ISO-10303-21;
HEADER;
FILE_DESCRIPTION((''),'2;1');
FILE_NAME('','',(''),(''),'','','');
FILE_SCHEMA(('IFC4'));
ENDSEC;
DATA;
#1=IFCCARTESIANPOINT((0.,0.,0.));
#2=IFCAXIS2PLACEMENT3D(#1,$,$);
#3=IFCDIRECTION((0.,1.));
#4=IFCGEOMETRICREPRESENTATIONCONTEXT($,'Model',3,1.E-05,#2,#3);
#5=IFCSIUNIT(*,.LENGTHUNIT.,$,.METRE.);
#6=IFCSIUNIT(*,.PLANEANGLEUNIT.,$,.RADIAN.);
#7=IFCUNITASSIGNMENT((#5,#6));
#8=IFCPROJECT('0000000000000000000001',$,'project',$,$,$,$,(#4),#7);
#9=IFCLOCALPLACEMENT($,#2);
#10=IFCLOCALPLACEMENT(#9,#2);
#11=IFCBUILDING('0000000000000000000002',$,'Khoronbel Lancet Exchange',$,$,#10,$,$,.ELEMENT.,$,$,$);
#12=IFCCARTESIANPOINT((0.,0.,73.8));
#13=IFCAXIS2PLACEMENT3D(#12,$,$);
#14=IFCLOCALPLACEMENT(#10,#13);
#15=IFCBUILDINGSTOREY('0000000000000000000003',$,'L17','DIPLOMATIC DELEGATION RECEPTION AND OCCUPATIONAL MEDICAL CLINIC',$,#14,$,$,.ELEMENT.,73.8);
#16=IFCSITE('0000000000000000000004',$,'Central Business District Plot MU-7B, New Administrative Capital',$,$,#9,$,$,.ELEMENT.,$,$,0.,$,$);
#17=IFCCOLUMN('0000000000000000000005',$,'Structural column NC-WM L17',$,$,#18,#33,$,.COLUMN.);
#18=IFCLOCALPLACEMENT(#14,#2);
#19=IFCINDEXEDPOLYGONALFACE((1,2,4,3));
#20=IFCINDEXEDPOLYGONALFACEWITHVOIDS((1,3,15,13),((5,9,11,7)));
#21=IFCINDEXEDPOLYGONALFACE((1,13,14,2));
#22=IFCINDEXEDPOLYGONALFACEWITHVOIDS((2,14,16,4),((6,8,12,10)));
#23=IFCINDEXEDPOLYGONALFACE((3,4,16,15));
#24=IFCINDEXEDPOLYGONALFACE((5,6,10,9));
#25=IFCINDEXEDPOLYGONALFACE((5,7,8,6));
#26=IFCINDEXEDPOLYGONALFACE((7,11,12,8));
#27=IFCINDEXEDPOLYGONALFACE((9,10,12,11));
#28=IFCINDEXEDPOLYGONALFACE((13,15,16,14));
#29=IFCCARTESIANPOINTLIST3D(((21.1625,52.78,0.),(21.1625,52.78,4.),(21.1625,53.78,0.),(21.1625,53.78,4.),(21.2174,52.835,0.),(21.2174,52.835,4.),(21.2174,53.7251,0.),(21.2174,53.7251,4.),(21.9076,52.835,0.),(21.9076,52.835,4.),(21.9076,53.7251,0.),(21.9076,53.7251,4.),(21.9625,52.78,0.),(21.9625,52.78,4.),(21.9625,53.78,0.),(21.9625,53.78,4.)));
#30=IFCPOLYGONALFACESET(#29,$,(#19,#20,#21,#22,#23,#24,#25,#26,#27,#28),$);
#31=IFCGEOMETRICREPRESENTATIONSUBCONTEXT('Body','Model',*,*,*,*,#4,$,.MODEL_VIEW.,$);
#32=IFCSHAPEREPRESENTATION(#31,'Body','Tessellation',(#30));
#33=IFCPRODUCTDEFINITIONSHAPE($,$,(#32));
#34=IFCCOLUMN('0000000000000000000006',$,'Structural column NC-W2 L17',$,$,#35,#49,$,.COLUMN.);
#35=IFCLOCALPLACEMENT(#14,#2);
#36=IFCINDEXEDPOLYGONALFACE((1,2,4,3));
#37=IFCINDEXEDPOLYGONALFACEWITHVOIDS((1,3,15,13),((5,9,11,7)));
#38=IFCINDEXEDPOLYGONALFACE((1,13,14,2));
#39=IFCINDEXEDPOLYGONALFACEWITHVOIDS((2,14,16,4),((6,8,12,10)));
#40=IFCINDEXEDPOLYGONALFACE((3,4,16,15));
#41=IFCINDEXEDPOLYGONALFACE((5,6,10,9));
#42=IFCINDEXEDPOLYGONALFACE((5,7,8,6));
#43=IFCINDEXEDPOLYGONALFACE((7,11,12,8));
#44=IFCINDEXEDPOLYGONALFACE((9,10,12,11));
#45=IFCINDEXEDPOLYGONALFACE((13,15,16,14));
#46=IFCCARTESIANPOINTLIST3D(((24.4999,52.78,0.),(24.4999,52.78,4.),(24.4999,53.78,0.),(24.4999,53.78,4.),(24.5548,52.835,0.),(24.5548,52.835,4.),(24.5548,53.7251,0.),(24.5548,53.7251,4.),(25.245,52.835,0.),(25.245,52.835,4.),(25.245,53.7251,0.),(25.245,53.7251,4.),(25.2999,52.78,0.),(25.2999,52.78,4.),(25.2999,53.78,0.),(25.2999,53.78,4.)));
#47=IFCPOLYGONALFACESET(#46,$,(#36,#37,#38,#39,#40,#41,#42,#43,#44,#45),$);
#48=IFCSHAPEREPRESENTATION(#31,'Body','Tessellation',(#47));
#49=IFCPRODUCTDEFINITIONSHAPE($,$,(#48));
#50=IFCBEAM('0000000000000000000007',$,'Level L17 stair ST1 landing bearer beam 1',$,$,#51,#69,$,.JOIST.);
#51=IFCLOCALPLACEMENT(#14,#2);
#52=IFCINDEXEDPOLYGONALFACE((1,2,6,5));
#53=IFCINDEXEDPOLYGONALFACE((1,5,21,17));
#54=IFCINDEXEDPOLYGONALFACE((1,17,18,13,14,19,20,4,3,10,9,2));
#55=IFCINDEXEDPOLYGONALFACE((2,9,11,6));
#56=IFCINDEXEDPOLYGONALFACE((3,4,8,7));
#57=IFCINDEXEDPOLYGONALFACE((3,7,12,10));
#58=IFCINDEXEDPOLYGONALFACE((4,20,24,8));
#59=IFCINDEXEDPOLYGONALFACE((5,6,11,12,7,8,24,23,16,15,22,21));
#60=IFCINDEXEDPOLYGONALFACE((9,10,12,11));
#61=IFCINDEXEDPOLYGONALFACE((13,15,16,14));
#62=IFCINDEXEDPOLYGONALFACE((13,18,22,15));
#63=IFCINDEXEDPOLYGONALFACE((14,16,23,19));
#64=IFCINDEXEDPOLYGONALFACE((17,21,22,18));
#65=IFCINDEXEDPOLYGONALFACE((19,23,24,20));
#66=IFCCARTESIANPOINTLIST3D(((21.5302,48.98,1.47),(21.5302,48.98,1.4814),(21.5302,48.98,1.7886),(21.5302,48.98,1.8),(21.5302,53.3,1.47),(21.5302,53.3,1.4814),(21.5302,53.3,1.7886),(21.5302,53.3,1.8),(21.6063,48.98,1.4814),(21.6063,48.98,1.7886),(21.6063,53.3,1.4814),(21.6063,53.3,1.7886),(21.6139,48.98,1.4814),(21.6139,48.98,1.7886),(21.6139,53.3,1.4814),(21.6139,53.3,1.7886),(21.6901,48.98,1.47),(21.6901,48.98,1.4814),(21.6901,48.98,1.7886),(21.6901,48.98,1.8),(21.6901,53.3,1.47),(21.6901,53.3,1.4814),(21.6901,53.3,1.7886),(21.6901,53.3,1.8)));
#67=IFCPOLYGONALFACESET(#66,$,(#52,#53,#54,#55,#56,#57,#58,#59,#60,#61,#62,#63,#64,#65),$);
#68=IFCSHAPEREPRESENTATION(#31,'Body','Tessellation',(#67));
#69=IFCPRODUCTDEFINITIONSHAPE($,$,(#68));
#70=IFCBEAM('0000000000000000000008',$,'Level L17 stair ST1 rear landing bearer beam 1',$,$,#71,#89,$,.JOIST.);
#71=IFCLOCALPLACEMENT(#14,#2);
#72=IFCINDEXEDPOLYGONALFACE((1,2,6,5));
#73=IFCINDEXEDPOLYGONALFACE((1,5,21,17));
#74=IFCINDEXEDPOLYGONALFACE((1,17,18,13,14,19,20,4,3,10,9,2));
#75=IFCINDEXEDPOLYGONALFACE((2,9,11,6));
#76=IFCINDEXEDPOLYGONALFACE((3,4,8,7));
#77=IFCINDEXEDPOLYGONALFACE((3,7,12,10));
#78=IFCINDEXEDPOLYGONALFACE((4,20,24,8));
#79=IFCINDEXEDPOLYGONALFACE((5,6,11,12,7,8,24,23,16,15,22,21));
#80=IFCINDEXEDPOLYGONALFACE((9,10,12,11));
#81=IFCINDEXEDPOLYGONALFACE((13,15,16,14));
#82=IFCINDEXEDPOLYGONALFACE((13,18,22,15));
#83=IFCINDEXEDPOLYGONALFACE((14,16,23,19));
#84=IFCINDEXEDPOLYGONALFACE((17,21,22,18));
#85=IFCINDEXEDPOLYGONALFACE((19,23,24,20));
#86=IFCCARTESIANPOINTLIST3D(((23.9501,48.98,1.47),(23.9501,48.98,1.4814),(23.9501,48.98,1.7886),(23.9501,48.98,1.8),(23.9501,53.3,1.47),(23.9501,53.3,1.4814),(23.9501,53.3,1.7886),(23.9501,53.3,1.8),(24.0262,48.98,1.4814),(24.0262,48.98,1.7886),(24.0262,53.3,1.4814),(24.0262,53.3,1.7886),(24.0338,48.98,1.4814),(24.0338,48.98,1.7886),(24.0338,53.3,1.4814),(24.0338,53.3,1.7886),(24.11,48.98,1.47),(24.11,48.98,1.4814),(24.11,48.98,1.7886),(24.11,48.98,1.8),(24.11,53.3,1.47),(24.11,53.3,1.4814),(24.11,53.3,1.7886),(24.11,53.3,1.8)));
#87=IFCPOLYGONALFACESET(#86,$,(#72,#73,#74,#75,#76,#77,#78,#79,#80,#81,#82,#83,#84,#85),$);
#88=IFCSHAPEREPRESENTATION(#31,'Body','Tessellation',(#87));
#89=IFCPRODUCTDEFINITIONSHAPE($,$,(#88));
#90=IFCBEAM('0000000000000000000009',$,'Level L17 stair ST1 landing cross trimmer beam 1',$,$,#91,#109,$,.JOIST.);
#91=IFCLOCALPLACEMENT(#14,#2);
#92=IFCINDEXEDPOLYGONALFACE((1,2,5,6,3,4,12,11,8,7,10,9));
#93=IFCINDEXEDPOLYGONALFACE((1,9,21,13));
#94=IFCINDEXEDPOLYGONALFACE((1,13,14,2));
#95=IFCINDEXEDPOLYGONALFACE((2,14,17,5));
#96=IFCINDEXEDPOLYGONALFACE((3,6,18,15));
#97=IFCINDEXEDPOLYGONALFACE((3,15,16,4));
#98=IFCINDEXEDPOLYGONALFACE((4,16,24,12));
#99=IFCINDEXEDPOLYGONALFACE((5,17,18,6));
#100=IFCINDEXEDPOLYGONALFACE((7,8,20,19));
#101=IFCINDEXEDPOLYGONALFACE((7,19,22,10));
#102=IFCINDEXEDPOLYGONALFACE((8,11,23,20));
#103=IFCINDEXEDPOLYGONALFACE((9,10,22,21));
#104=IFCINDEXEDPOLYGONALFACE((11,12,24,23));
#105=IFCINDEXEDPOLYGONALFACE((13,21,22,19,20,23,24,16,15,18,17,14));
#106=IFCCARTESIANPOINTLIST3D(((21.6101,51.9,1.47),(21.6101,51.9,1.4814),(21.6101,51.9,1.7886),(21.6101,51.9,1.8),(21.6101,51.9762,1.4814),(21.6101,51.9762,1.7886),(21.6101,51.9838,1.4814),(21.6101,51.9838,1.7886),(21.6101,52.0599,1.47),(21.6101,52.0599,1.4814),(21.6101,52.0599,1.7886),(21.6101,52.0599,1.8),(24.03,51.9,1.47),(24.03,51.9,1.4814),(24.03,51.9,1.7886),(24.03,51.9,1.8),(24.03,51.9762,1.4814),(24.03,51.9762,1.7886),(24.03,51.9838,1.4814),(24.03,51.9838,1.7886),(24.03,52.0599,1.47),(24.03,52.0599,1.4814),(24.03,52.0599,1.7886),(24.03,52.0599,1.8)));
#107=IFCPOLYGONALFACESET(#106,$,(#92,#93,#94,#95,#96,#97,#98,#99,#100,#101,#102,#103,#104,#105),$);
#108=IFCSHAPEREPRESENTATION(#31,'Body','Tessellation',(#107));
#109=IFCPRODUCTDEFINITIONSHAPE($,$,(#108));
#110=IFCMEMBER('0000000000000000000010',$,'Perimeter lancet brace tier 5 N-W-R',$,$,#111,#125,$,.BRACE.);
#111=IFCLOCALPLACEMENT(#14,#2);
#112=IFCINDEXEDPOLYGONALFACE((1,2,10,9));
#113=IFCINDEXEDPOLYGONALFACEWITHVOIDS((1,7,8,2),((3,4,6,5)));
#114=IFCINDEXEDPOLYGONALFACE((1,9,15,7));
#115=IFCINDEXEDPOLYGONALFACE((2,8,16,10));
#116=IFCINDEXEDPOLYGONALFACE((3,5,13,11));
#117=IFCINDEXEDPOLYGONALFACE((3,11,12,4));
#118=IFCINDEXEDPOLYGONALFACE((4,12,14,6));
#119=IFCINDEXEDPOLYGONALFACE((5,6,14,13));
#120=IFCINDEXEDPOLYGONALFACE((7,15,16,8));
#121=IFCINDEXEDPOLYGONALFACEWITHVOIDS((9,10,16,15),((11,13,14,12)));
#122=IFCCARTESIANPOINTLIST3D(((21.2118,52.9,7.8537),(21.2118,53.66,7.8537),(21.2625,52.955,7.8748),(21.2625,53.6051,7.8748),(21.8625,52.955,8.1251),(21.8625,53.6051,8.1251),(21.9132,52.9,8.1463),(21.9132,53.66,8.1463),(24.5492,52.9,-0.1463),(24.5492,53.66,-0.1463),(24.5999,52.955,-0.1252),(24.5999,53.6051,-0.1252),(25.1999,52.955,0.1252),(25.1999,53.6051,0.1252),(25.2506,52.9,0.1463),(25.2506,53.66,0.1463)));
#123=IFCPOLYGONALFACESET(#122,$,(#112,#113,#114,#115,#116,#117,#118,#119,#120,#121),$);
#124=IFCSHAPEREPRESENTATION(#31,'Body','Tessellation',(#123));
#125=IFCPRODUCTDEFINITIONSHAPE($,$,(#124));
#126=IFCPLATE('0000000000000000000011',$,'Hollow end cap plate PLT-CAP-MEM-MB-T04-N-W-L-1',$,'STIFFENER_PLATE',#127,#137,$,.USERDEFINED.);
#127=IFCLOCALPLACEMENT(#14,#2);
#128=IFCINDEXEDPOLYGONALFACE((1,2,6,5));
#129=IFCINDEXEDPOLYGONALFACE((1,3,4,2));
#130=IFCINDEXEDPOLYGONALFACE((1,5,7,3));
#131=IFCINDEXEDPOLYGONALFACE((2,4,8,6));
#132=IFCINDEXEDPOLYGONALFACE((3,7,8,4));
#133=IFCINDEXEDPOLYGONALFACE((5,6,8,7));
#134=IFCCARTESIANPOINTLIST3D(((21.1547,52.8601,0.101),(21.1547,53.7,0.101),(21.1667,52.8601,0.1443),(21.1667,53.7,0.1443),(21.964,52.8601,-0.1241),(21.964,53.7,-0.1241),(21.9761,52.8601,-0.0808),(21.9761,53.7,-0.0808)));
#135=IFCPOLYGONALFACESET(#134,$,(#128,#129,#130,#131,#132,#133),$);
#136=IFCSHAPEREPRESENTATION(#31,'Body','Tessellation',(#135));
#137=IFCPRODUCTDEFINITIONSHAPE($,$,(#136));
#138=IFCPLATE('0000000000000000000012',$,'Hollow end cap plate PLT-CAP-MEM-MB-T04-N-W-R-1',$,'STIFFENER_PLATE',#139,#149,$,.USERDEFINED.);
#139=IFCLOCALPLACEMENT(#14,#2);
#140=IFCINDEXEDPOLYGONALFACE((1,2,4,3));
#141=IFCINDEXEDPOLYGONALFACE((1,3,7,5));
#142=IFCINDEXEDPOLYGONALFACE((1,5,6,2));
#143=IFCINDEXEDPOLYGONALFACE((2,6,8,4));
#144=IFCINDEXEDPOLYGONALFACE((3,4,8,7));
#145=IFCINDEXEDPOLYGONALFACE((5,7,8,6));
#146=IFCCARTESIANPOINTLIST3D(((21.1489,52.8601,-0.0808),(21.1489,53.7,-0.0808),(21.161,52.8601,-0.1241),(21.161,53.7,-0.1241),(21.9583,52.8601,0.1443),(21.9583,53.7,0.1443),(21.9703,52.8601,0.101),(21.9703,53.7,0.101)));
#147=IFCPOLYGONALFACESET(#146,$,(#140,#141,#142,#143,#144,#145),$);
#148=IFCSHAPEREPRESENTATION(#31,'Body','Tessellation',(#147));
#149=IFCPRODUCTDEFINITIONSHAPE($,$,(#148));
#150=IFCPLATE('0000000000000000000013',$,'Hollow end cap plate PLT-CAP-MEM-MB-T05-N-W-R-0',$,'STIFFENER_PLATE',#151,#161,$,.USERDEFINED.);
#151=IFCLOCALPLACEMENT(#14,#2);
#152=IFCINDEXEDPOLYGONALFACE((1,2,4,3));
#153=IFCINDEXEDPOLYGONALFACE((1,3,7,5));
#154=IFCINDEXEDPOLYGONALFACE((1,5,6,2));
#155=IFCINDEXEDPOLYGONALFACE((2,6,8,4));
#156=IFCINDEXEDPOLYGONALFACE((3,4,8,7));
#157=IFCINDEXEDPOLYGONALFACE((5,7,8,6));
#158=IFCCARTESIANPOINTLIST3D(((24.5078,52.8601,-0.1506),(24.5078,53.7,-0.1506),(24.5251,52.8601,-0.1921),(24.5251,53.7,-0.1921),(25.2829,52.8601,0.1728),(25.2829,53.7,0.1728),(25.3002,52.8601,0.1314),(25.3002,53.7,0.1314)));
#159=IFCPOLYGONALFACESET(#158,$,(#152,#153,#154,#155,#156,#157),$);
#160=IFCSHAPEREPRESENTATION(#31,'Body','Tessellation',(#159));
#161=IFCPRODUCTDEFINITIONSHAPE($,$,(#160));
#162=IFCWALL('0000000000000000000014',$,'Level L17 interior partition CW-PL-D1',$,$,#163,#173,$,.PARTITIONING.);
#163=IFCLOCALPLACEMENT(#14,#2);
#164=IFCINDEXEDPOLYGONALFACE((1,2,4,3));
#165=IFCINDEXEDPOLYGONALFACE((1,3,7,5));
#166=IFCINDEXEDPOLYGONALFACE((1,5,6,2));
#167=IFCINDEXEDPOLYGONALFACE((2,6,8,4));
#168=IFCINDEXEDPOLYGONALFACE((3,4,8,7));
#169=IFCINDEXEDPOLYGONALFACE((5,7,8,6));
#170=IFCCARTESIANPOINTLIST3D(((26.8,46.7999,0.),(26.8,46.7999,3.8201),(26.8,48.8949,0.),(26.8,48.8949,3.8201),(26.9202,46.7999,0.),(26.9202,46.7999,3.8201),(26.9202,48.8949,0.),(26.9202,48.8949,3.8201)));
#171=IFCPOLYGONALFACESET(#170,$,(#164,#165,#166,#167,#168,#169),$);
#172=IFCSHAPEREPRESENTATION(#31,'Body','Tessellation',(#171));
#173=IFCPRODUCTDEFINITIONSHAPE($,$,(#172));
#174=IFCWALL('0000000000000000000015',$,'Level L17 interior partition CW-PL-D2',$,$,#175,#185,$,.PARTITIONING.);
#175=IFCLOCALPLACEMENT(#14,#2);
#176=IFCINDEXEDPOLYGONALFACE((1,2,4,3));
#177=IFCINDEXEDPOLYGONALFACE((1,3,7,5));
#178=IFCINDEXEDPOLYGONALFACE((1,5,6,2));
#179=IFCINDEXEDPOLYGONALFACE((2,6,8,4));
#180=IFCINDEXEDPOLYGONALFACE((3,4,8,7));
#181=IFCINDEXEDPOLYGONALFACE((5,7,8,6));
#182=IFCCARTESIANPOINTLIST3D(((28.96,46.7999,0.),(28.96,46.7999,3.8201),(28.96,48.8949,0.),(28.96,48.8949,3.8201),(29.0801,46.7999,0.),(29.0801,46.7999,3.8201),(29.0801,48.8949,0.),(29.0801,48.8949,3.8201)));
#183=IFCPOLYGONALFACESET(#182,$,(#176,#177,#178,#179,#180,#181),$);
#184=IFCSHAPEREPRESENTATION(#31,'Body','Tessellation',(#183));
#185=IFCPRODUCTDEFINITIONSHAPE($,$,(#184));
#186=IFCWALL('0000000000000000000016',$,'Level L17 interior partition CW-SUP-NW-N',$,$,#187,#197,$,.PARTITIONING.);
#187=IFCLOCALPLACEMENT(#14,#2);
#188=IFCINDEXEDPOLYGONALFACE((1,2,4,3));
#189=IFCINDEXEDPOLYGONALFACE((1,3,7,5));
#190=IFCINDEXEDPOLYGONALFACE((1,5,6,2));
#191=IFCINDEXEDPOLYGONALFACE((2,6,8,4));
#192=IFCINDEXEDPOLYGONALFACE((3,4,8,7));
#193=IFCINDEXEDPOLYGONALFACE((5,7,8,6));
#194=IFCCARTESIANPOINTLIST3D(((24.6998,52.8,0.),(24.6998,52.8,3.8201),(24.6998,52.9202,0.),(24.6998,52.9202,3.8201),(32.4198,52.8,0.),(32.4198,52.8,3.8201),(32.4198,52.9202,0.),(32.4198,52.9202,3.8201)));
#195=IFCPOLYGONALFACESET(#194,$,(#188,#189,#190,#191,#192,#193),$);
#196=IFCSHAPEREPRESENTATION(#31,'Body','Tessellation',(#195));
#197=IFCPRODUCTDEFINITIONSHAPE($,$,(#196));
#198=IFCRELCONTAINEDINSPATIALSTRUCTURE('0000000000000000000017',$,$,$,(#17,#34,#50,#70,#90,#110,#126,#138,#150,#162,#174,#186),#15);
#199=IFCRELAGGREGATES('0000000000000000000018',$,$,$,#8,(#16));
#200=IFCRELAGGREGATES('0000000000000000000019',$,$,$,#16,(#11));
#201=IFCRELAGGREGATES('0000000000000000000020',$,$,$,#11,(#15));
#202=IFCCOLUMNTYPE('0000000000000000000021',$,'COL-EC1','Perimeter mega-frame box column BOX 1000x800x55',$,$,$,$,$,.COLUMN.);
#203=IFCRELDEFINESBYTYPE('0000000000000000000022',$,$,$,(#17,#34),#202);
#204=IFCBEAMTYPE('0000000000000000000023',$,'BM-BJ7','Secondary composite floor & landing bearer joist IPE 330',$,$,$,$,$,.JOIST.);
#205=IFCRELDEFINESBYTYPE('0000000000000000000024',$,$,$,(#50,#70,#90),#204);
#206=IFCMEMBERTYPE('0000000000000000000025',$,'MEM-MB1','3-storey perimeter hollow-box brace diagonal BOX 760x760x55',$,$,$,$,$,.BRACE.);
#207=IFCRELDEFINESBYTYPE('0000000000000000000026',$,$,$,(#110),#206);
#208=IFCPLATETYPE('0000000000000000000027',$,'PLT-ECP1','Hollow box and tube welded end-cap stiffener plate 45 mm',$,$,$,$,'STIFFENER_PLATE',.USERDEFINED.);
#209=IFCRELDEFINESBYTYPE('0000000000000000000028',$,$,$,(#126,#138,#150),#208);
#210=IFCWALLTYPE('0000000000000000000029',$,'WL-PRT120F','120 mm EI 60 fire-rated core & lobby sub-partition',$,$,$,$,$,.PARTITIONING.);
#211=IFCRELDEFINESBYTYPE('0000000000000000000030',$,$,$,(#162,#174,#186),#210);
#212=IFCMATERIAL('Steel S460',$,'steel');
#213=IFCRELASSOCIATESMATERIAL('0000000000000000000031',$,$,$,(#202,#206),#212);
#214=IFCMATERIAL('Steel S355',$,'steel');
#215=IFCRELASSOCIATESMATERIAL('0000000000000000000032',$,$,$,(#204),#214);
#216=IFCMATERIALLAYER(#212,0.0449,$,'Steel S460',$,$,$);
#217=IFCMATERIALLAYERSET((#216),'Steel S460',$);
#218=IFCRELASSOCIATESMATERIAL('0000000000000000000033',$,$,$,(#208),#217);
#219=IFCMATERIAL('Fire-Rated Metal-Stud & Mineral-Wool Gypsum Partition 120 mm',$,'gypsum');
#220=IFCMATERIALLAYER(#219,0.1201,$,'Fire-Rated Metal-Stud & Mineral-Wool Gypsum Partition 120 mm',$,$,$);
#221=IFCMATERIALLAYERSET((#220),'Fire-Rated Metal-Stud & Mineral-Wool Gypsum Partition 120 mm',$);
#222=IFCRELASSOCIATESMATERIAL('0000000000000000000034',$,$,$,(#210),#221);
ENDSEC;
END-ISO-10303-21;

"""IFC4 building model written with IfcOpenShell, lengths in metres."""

from ifc_helpers import new_model, si_unit, direction, frame, frame_2d, origin, origin_2d, place, context, subcontext, project, spatial, polyline, rectangle, hollow_rectangle, i_section, outline, extrude, material, layer, layer_set, material_profile, profile_set, type_object, element, save


model = new_model("IFC4")

# Units and contexts
model_context = context("Model", 3, precision=1e-05, world=origin(), true_north=direction((0.0, 1.0)))
body_context = subcontext(model_context, "Body", "Model", "MODEL_VIEW")
ifc_project = project(units=[si_unit("LENGTHUNIT", "METRE"), si_unit("PLANEANGLEUNIT", "RADIAN")], contexts=[model_context])

# Site, building, storey
site_placement = place(None, origin())
site = spatial("IfcSite", under=ifc_project, at=site_placement, Name="Central Business District Plot MU-7B, New Administrative Capital", CompositionType="ELEMENT", RefElevation=0.0)
building_placement = place(site_placement, origin())
building = spatial("IfcBuilding", under=site, at=building_placement, Name="Khoronbel Lancet Exchange", CompositionType="ELEMENT")
storey_placement = place(building_placement, frame((0.0, 0.0, 73.8)))
storey = spatial("IfcBuildingStorey", under=building, at=storey_placement, Name="L17", Description="DIPLOMATIC DELEGATION RECEPTION AND OCCUPATIONAL MEDICAL CLINIC", CompositionType="ELEMENT", Elevation=73.8)

# Columns
ifc_material_1 = material(Name="Steel S460", Category="steel")
ifc_material_profile_1 = material_profile(ifc_material_1, hollow_rectangle(XDim=0.8, YDim=1.0, WallThickness=0.0549, at=origin_2d()), Name="BOX 1000x800x55")
ifc_profile_set_1 = profile_set([ifc_material_profile_1], Name="Steel S460")
column_type = type_object("IfcColumnType", Name="COL-EC1", Description="Perimeter mega-frame box column BOX 1000x800x55", PredefinedType="COLUMN", material=ifc_profile_set_1)
for number, where, z_axis, x_axis, name in (
    (1, (21.5625, 53.28, 0.0), (0.0, 0.0, 1.0), (1.0, 0.0, 0.0), "Structural column NC-WM L17"),
    (2, (24.8999, 53.28, 0.0), (0.0, 0.0, 1.0), (1.0, 0.0, 0.0), "Structural column NC-W2 L17"),
):
    element("IfcColumn", number, at=place(storey_placement, frame(where, z_axis=z_axis, x_axis=x_axis)), inside=storey, type_object=column_type, Name=name, PredefinedType="COLUMN", context=body_context, shape_type="SweptSolid", body=[
        extrude(hollow_rectangle(XDim=0.8, YDim=1.0, WallThickness=0.0549, at=origin_2d()), origin(), (0.0, 0.0, 1.0), 4.0),
    ])

# Beams
ifc_material_2 = material(Name="Steel S355", Category="steel")
ifc_material_profile_2 = material_profile(ifc_material_2, i_section(OverallWidth=0.1599, OverallDepth=0.3301, WebThickness=0.0076, FlangeThickness=0.0115, at=origin_2d()), Name="IPE 330")
ifc_profile_set_2 = profile_set([ifc_material_profile_2], Name="Steel S355")
beam_type = type_object("IfcBeamType", Name="BM-BJ7", Description="Secondary composite floor & landing bearer joist IPE 330", PredefinedType="JOIST", material=ifc_profile_set_2)
for number, where, z_axis, x_axis, name in (
    (3, (21.6101, 48.98, 1.635), (0.0, 1.0, 0.0), (-1.0, 0.0, 0.0), "Level L17 stair ST1 landing bearer beam 1"),
    (4, (24.03, 48.98, 1.635), (0.0, 1.0, 0.0), (-1.0, 0.0, 0.0), "Level L17 stair ST1 rear landing bearer beam 1"),
):
    element("IfcBeam", number, at=place(storey_placement, frame(where, z_axis=z_axis, x_axis=x_axis)), inside=storey, type_object=beam_type, Name=name, PredefinedType="JOIST", context=body_context, shape_type="SweptSolid", body=[
        extrude(i_section(OverallWidth=0.1599, OverallDepth=0.3301, WebThickness=0.0076, FlangeThickness=0.0115, at=origin_2d()), origin(), (0.0, 0.0, 1.0), 4.3201),
    ])
beam_placement = place(storey_placement, frame((21.6101, 51.98, 1.635), z_axis=(1.0, 0.0, 0.0), x_axis=(0.0, 1.0, 0.0)))
element("IfcBeam", 5, at=beam_placement, inside=storey, type_object=beam_type, Name="Level L17 stair ST1 landing cross trimmer beam 1", PredefinedType="JOIST", context=body_context, shape_type="SweptSolid", body=[
    extrude(i_section(OverallWidth=0.1599, OverallDepth=0.3301, WebThickness=0.0076, FlangeThickness=0.0115, at=origin_2d()), origin(), (0.0, 0.0, 1.0), 2.4199),
])

# Member
ifc_material_profile_3 = material_profile(ifc_material_1, hollow_rectangle(XDim=0.76, YDim=0.76, WallThickness=0.0549, at=origin_2d()), Name="BOX 760x760x55")
ifc_profile_set_3 = profile_set([ifc_material_profile_3], Name="Steel S460")
member_type = type_object("IfcMemberType", Name="MEM-MB1", Description="3-storey perimeter hollow-box brace diagonal BOX 760x760x55", PredefinedType="BRACE", material=ifc_profile_set_3)
member_placement = place(storey_placement, frame((24.8999, 53.28, 0.0), z_axis=(-0.385015, 0.0, 0.92291), x_axis=(0.0, -1.0, 0.0)))
element("IfcMember", 6, at=member_placement, inside=storey, type_object=member_type, Name="Perimeter lancet brace tier 5 N-W-R", PredefinedType="BRACE", context=body_context, shape_type="SweptSolid", body=[
    extrude(hollow_rectangle(XDim=0.76, YDim=0.76, WallThickness=0.0549, at=origin_2d()), origin(), (0.0, 0.0, 1.0), 8.6682),
])

# Plates
ifc_layer_1 = layer(ifc_material_1, 0.0449, Name="Steel S460")
ifc_layer_set_1 = layer_set([ifc_layer_1], Name="Steel S460")
plate_type = type_object("IfcPlateType", Name="PLT-ECP1", Description="Hollow box and tube welded end-cap stiffener plate 45 mm", ElementType="STIFFENER_PLATE", PredefinedType="USERDEFINED", material=ifc_layer_set_1)
for number, where, z_axis, x_axis, name in (
    (7, (21.9761, 52.8601, -0.0808), (0.267959, 0.0, 0.96343), (0.0, 1.0, 0.0), "Hollow end cap plate PLT-CAP-MEM-MB-T04-N-W-L-1"),
    (8, (21.1489, 53.7, -0.0808), (-0.267959, 0.0, 0.96343), (0.0, -1.0, 0.0), "Hollow end cap plate PLT-CAP-MEM-MB-T04-N-W-R-1"),
):
    element("IfcPlate", number, at=place(storey_placement, frame(where, z_axis=z_axis, x_axis=x_axis)), inside=storey, type_object=plate_type, Name=name, ObjectType="STIFFENER_PLATE", PredefinedType="USERDEFINED", context=body_context, shape_type="SweptSolid", body=[
        extrude(outline(polyline([(0.0, 0.0), (0.8398, 0.0), (0.8398, 0.8401), (0.0, 0.8401), (0.0, 0.0)])), origin(), (0.0, 0.0, -1.0), 0.0449),
    ])
plate_placement = place(storey_placement, frame((24.5078, 53.7, -0.1506), z_axis=(-0.385131, 0.0, 0.922862), x_axis=(0.0, -1.0, 0.0)))
element("IfcPlate", 9, at=plate_placement, inside=storey, type_object=plate_type, Name="Hollow end cap plate PLT-CAP-MEM-MB-T05-N-W-R-0", ObjectType="STIFFENER_PLATE", PredefinedType="USERDEFINED", context=body_context, shape_type="SweptSolid", body=[
    extrude(outline(polyline([(0.0, 0.0), (0.8398, 0.0), (0.8398, 0.8398), (0.0, 0.8398), (0.0, 0.0)])), origin(), (0.0, 0.0, -1.0), 0.0449),
])

# Walls
ifc_material_3 = material(Name="Fire-Rated Metal-Stud & Mineral-Wool Gypsum Partition 120 mm", Category="gypsum")
ifc_layer_2 = layer(ifc_material_3, 0.1201, Name="Fire-Rated Metal-Stud & Mineral-Wool Gypsum Partition 120 mm")
ifc_layer_set_2 = layer_set([ifc_layer_2], Name="Fire-Rated Metal-Stud & Mineral-Wool Gypsum Partition 120 mm")
wall_type_1 = type_object("IfcWallType", Name="WL-PRT120F", Description="120 mm EI 60 fire-rated core & lobby sub-partition", PredefinedType="PARTITIONING", material=ifc_layer_set_2)
for number, where, z_axis, x_axis, name in (
    (10, (26.8601, 46.8, 0.0), (0.0, 0.0, 1.0), (0.0, 1.0, 0.0), "Level L17 interior partition CW-PL-D1"),
    (11, (29.02, 46.8, 0.0), (0.0, 0.0, 1.0), (0.0, 1.0, 0.0), "Level L17 interior partition CW-PL-D2"),
):
    element("IfcWall", number, at=place(storey_placement, frame(where, z_axis=z_axis, x_axis=x_axis)), inside=storey, type_object=wall_type_1, Name=name, PredefinedType="PARTITIONING", context=body_context, shape_type="SweptSolid", body=[
        extrude(rectangle(XDim=2.095, YDim=0.1201, at=frame_2d((1.0474, 0.0))), origin(), (0.0, 0.0, 1.0), 3.8201),
    ])
wall_1_placement = place(storey_placement, frame((24.7, 52.8601, 0.0), z_axis=(0.0, 0.0, 1.0), x_axis=(1.0, 0.0, 0.0)))
element("IfcWall", 12, at=wall_1_placement, inside=storey, type_object=wall_type_1, Name="Level L17 interior partition CW-SUP-NW-N", PredefinedType="PARTITIONING", context=body_context, shape_type="SweptSolid", body=[
    extrude(rectangle(XDim=7.72, YDim=0.1201, at=frame_2d((3.8599, 0.0))), origin(), (0.0, 0.0, 1.0), 3.8201),
])

save(model, "model.ifc")
